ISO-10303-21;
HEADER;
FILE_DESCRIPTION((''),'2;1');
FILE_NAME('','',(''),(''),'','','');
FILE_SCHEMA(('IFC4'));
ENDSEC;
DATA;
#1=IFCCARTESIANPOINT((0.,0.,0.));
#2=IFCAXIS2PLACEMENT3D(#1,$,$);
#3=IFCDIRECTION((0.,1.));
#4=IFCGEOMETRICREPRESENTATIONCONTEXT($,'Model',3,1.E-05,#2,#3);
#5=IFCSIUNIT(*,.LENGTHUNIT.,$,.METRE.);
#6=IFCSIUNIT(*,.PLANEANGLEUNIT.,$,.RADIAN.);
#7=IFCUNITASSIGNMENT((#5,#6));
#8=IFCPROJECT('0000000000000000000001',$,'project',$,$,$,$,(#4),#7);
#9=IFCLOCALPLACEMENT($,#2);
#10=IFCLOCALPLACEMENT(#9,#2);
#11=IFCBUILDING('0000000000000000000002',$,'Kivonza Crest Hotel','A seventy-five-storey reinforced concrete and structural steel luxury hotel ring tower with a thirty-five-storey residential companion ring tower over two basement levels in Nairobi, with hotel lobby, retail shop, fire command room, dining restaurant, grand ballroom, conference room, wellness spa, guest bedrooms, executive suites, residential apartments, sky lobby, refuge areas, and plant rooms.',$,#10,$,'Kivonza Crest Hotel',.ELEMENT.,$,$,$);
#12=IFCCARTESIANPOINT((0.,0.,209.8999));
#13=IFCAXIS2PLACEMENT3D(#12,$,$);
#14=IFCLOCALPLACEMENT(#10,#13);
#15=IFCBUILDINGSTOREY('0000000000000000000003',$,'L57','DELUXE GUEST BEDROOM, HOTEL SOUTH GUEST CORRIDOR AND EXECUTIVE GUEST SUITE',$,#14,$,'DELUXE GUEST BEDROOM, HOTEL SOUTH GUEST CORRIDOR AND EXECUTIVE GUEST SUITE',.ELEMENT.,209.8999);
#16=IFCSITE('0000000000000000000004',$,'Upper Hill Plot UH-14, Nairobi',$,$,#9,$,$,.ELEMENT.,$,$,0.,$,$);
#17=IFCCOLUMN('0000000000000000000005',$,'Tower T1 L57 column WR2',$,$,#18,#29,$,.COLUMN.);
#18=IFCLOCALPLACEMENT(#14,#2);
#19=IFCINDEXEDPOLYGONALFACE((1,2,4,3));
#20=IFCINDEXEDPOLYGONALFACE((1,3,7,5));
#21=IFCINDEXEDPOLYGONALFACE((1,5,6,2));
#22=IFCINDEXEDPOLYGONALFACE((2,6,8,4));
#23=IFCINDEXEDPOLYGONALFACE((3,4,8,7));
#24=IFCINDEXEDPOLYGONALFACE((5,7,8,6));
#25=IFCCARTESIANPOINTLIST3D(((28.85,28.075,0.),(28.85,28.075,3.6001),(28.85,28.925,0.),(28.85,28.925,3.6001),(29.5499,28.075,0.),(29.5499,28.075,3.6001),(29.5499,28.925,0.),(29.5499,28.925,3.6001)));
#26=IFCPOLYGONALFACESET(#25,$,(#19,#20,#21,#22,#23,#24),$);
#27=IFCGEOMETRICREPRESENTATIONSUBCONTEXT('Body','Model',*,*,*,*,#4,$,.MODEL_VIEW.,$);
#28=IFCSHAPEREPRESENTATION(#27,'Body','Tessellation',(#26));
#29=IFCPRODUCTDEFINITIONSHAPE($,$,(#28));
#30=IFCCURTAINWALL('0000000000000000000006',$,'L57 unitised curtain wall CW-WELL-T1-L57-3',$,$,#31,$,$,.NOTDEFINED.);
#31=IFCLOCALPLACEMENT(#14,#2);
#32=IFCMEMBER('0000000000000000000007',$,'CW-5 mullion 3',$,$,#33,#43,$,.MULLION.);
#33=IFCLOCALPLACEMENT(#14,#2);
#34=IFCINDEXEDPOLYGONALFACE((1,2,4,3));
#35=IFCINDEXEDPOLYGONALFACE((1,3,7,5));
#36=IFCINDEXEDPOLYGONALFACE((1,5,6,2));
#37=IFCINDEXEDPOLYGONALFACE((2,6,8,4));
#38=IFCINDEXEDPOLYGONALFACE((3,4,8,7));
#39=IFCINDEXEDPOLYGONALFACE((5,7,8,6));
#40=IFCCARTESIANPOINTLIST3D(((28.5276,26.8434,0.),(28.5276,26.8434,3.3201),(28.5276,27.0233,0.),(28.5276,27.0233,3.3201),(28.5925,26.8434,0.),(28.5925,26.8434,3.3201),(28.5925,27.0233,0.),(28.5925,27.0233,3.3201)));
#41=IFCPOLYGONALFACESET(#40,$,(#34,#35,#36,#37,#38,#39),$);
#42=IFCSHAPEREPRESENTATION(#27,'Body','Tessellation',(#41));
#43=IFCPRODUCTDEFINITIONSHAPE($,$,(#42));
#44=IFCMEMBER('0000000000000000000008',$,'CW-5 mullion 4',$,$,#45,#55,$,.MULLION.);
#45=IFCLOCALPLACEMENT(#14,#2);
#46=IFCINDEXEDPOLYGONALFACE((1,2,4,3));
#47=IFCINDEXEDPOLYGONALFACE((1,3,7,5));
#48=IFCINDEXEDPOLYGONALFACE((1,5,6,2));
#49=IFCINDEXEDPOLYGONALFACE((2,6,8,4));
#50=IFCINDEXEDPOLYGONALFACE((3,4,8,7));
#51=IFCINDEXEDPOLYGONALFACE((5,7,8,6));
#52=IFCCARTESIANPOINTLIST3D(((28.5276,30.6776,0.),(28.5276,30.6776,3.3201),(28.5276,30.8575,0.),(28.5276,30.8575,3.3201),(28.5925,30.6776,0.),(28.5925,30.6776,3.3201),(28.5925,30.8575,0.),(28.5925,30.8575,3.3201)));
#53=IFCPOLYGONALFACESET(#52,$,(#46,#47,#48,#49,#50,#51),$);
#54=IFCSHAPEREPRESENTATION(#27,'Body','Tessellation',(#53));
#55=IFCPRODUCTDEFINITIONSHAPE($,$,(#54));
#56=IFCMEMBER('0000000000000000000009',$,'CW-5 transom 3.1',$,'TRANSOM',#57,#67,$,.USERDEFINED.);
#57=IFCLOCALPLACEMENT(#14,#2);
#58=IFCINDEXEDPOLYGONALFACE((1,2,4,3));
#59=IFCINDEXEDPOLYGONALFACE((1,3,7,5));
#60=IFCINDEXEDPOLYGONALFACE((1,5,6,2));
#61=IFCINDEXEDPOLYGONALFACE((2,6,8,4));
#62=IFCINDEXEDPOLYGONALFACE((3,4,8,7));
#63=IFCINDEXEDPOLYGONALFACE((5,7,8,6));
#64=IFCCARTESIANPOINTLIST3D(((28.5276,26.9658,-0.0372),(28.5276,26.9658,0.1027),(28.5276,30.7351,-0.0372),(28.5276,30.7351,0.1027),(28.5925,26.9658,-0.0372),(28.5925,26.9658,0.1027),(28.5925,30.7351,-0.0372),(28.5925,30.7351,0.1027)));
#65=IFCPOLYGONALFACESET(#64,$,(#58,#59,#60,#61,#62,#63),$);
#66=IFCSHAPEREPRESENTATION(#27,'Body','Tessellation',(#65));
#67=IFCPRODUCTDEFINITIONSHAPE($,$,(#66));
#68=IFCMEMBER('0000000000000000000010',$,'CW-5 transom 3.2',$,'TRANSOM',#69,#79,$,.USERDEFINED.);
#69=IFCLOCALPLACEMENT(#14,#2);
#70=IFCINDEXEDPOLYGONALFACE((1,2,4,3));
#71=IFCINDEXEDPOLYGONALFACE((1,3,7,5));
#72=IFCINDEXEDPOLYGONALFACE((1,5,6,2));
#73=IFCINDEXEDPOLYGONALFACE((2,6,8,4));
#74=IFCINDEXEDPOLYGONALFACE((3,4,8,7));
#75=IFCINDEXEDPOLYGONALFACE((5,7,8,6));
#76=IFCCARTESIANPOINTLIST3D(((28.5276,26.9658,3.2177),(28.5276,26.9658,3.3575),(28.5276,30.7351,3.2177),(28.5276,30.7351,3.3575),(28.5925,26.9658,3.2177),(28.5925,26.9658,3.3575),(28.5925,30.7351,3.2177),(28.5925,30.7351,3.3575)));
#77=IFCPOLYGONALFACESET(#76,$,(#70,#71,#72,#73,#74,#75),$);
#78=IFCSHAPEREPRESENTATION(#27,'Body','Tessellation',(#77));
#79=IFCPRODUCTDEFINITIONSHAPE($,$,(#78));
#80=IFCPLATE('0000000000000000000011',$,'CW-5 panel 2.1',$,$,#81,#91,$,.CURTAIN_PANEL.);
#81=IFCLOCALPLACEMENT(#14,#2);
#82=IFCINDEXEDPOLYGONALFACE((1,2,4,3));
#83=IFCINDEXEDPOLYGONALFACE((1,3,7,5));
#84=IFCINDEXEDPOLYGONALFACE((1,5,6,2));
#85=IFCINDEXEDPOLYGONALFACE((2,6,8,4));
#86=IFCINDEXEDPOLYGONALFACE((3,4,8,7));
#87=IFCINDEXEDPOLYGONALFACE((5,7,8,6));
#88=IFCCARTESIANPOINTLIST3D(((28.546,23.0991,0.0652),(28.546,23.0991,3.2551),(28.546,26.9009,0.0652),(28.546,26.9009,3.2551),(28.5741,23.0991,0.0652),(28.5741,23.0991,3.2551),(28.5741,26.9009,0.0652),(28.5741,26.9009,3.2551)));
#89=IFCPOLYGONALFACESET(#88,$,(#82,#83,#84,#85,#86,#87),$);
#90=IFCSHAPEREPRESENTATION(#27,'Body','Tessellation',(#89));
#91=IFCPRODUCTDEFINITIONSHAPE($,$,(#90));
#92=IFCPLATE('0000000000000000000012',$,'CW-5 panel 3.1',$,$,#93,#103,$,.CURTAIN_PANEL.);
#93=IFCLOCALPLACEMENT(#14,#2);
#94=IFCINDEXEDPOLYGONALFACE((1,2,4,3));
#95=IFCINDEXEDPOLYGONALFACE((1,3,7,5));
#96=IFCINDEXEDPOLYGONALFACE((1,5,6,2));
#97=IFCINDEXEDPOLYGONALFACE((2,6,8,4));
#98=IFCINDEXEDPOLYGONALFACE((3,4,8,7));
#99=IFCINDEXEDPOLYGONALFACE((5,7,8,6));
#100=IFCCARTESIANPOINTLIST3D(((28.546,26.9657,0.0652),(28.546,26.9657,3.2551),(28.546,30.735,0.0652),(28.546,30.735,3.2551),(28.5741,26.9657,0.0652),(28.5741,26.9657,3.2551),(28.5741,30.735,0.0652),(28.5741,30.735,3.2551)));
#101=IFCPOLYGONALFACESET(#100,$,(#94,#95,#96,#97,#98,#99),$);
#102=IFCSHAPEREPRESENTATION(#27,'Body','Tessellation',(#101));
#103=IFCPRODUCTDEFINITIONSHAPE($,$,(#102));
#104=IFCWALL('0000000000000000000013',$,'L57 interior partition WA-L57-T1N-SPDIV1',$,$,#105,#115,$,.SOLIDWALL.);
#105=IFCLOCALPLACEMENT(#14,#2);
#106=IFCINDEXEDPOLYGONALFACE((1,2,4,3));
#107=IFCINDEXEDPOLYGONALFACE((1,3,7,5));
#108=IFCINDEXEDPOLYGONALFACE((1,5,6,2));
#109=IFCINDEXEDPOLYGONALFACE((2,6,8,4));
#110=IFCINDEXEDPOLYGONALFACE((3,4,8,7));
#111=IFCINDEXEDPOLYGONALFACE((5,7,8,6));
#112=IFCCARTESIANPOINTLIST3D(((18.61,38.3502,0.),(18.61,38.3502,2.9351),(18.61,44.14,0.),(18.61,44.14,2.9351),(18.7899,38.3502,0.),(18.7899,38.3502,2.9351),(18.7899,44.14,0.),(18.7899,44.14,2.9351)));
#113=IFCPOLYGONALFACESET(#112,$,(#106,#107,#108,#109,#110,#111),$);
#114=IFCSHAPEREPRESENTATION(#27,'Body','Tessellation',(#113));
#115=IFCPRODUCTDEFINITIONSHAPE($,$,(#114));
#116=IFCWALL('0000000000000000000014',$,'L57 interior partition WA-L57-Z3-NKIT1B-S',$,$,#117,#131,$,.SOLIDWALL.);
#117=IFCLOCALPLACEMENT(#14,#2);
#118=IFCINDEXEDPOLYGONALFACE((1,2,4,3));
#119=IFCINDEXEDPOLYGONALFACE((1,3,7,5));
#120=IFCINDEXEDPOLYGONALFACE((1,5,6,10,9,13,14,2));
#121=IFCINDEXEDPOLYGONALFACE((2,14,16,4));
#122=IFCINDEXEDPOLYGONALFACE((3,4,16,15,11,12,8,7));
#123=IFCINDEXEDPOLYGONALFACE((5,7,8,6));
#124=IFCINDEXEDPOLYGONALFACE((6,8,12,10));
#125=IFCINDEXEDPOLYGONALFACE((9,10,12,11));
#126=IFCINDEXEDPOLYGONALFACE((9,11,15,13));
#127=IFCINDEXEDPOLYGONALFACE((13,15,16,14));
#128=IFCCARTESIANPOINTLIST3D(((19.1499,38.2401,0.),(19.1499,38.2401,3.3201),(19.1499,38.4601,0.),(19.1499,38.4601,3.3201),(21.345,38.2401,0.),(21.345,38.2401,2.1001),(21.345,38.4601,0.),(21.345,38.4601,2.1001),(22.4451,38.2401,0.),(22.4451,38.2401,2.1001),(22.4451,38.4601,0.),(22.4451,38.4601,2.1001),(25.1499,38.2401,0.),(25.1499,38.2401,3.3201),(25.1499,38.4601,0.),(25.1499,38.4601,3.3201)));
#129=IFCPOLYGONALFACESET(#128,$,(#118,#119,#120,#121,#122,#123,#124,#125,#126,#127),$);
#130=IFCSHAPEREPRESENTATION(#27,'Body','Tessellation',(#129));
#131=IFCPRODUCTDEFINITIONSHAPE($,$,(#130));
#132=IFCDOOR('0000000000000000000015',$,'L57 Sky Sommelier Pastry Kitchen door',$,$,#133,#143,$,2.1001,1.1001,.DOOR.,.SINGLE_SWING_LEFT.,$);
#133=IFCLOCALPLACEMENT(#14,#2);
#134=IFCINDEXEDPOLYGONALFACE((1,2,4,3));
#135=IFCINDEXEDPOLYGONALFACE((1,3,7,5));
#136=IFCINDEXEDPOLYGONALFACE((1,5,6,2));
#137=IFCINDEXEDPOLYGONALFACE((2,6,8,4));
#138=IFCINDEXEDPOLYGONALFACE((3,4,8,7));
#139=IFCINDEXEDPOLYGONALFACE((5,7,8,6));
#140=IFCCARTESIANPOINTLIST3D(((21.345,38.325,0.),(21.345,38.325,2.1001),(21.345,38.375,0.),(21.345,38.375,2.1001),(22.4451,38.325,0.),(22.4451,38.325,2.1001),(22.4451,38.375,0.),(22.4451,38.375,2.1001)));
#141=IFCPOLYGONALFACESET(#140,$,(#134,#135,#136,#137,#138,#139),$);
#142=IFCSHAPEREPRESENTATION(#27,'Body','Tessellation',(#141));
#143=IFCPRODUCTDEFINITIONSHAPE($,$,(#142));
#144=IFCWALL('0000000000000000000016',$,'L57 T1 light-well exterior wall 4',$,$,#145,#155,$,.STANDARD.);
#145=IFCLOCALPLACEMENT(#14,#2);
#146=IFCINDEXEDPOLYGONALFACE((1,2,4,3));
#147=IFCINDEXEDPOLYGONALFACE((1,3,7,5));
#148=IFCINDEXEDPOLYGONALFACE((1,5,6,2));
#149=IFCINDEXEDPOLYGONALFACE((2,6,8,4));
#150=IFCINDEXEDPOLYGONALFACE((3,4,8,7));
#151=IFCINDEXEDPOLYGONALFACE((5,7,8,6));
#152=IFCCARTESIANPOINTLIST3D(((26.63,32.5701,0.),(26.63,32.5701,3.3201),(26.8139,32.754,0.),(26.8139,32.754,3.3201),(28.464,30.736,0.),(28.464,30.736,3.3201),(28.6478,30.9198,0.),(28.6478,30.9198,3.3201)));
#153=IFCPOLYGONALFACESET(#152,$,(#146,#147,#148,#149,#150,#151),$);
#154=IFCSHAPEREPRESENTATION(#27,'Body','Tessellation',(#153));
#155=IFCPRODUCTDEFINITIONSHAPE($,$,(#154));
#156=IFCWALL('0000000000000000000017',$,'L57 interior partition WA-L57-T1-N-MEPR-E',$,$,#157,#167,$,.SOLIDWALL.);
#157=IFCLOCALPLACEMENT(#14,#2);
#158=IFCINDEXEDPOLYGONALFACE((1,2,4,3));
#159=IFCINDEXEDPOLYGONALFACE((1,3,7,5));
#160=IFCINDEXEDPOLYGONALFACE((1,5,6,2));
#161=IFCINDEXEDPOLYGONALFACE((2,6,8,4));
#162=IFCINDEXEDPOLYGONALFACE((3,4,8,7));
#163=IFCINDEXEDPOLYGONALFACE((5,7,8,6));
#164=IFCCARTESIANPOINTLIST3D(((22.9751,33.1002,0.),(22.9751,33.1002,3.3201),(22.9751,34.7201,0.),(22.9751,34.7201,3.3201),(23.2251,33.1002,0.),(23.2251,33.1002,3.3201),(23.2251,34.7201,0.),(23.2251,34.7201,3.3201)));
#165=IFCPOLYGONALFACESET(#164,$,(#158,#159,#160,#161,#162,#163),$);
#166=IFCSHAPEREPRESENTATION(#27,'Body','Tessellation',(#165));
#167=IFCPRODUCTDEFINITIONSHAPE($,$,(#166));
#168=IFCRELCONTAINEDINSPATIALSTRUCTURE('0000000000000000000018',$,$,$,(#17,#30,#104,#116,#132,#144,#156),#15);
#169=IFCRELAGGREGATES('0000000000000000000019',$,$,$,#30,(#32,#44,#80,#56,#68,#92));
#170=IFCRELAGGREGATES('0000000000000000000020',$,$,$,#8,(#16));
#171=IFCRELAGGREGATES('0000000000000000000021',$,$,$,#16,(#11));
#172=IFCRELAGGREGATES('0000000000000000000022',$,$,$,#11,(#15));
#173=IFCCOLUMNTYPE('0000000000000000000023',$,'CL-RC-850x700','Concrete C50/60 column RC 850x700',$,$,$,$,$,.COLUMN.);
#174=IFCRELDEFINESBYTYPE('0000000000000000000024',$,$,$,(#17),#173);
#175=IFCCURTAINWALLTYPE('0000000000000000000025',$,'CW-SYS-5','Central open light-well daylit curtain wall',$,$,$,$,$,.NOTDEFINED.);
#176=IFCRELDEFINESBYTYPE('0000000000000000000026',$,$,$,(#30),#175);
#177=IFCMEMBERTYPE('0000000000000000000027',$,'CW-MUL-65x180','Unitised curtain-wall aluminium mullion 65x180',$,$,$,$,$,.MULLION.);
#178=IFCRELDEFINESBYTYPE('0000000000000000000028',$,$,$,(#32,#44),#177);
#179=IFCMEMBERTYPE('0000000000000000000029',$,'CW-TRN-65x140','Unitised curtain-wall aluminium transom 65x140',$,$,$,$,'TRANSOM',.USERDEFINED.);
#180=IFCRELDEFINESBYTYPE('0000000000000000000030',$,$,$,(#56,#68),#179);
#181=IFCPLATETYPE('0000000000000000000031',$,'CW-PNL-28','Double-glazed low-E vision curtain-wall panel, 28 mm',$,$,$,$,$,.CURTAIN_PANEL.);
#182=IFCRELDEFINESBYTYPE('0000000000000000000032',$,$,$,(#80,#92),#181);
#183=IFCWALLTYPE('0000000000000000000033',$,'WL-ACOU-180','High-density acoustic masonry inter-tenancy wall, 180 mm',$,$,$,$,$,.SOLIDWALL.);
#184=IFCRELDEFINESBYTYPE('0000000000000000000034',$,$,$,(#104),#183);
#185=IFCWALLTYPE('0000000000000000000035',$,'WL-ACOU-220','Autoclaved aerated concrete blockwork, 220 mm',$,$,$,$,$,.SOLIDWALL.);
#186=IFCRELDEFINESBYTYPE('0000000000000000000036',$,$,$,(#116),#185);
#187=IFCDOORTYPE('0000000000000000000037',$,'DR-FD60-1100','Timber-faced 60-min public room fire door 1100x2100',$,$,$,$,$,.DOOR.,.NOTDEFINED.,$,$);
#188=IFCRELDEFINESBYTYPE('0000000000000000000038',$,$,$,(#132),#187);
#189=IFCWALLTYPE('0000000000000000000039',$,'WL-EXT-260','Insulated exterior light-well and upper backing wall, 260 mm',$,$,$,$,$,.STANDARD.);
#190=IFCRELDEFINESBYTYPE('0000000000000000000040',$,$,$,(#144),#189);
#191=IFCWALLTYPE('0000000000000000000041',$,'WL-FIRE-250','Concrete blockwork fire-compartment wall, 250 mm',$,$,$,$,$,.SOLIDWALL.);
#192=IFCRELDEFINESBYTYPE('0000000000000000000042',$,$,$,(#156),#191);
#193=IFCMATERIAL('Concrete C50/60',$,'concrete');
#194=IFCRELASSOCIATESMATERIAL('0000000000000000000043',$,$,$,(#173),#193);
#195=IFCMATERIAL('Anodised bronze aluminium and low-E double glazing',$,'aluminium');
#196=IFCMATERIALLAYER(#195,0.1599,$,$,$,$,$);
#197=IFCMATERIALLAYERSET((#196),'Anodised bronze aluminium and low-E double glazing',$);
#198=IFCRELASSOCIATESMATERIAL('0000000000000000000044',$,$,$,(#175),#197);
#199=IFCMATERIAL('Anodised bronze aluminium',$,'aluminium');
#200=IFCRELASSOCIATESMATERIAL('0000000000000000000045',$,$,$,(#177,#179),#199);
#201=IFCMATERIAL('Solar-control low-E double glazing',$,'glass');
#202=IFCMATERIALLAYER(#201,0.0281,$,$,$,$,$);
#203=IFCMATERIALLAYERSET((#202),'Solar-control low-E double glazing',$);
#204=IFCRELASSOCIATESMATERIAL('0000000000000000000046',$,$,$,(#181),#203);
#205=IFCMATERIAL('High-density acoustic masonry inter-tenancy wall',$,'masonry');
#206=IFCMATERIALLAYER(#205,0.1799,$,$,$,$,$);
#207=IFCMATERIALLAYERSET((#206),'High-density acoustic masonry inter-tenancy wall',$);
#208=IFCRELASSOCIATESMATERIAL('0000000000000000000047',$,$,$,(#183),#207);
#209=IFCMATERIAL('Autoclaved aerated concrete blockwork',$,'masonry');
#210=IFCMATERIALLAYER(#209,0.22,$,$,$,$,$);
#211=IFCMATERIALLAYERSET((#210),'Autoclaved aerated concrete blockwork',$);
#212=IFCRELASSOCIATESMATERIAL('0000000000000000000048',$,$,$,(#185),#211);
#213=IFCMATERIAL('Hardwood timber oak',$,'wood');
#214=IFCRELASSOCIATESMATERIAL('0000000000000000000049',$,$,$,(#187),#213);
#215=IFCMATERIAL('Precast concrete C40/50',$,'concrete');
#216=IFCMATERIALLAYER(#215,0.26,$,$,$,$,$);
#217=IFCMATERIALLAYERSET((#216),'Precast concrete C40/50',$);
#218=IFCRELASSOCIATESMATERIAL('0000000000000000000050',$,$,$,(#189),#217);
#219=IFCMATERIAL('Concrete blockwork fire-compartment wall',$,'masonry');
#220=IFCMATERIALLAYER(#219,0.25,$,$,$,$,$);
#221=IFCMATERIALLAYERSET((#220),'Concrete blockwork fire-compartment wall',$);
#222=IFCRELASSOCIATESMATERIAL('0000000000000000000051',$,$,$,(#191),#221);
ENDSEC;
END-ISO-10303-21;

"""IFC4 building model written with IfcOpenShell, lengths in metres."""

from ifc_helpers import new_model, si_unit, direction, frame, frame_2d, origin, origin_2d, place, context, subcontext, project, spatial, rectangle, extrude, material, layer, layer_set, material_profile, profile_set, type_object, element, fill, aggregate, save


model = new_model("IFC4")

# Units and contexts
model_context = context("Model", 3, precision=1e-05, world=origin(), true_north=direction((0.0, 1.0)))
body_context = subcontext(model_context, "Body", "Model", "MODEL_VIEW")
ifc_project = project(units=[si_unit("LENGTHUNIT", "METRE"), si_unit("PLANEANGLEUNIT", "RADIAN")], contexts=[model_context])

# Site, building, storey
site_placement = place(None, origin())
site = spatial("IfcSite", under=ifc_project, at=site_placement, Name="Upper Hill Plot UH-14, Nairobi", CompositionType="ELEMENT", RefElevation=0.0)
building_placement = place(site_placement, origin())
building = spatial("IfcBuilding", under=site, at=building_placement, Name="Kivonza Crest Hotel", Description="A seventy-five-storey reinforced concrete and structural steel luxury hotel ring tower with a thirty-five-storey residential companion ring tower over two basement levels in Nairobi, with hotel lobby, retail shop, fire command room, dining restaurant, grand ballroom, conference room, wellness spa, guest bedrooms, executive suites, residential apartments, sky lobby, refuge areas, and plant rooms.", LongName="Kivonza Crest Hotel", CompositionType="ELEMENT")
storey_placement = place(building_placement, frame((0.0, 0.0, 209.8999)))
storey = spatial("IfcBuildingStorey", under=building, at=storey_placement, Name="L57", Description="DELUXE GUEST BEDROOM, HOTEL SOUTH GUEST CORRIDOR AND EXECUTIVE GUEST SUITE", LongName="DELUXE GUEST BEDROOM, HOTEL SOUTH GUEST CORRIDOR AND EXECUTIVE GUEST SUITE", CompositionType="ELEMENT", Elevation=209.8999)

# Column
ifc_material_1 = material(Name="Concrete C50/60", Category="concrete")
ifc_material_profile_1 = material_profile(ifc_material_1, rectangle(XDim=0.7, YDim=0.8501, at=origin_2d()), Name="RC 850x700")
ifc_profile_set_1 = profile_set([ifc_material_profile_1], Name="Concrete C50/60")
column_type = type_object("IfcColumnType", Name="CL-RC-850x700", Description="Concrete C50/60 column RC 850x700", PredefinedType="COLUMN", material=ifc_profile_set_1)
column_placement = place(storey_placement, frame((29.2, 28.5, 0.0), z_axis=(0.0, 0.0, 1.0), x_axis=(1.0, 0.0, 0.0)))
element("IfcColumn", 1, at=column_placement, inside=storey, type_object=column_type, Name="Tower T1 L57 column WR2", PredefinedType="COLUMN", context=body_context, shape_type="SweptSolid", body=[
    extrude(rectangle(XDim=0.7, YDim=0.8501, at=origin_2d()), origin(), (0.0, 0.0, 1.0), 3.6001),
])

# Curtain wall, members, plates
ifc_material_2 = material(Name="Anodised bronze aluminium and low-E double glazing", Category="aluminium")
ifc_layer_1 = layer(ifc_material_2, 0.1599)
ifc_layer_set_1 = layer_set([ifc_layer_1], Name="Anodised bronze aluminium and low-E double glazing")
curtain_wall_type = type_object("IfcCurtainWallType", Name="CW-SYS-5", Description="Central open light-well daylit curtain wall", PredefinedType="NOTDEFINED", material=ifc_layer_set_1)
curtain_wall_placement = place(storey_placement, origin())
curtain_wall = element("IfcCurtainWall", 2, at=curtain_wall_placement, inside=storey, type_object=curtain_wall_type, Name="L57 unitised curtain wall CW-WELL-T1-L57-3", PredefinedType="NOTDEFINED")
ifc_material_3 = material(Name="Anodised bronze aluminium", Category="aluminium")
ifc_material_profile_2 = material_profile(ifc_material_3, rectangle(XDim=0.0649, YDim=0.1799, at=origin_2d()), Name="CW-M 65x180")
ifc_profile_set_2 = profile_set([ifc_material_profile_2], Name="Anodised bronze aluminium")
member_type_1 = type_object("IfcMemberType", Name="CW-MUL-65x180", Description="Unitised curtain-wall aluminium mullion 65x180", PredefinedType="MULLION", material=ifc_profile_set_2)
member_1_placement = place(storey_placement, frame((28.5601, 26.9333, 0.0), z_axis=(0.0, 0.0, 1.0), x_axis=(-1.0, 0.0, 0.0)))
member_1 = element("IfcMember", 3, at=member_1_placement, type_object=member_type_1, Name="CW-5 mullion 3", PredefinedType="MULLION", context=body_context, shape_type="SweptSolid", body=[
    extrude(rectangle(XDim=0.0649, YDim=0.1799, at=origin_2d()), origin(), (0.0, 0.0, 1.0), 3.3201),
])
member_2_placement = place(storey_placement, frame((28.5601, 30.7676, 0.0), z_axis=(0.0, 0.0, 1.0), x_axis=(-1.0, 0.0, 0.0)))
member_2 = element("IfcMember", 4, at=member_2_placement, type_object=member_type_1, Name="CW-5 mullion 4", PredefinedType="MULLION", context=body_context, shape_type="SweptSolid", body=[
    extrude(rectangle(XDim=0.0649, YDim=0.1799, at=origin_2d()), origin(), (0.0, 0.0, 1.0), 3.3201),
])
ifc_material_profile_3 = material_profile(ifc_material_3, rectangle(XDim=0.0649, YDim=0.1399, at=origin_2d()), Name="CW-T 65x140")
ifc_profile_set_3 = profile_set([ifc_material_profile_3], Name="Anodised bronze aluminium")
member_type_2 = type_object("IfcMemberType", Name="CW-TRN-65x140", Description="Unitised curtain-wall aluminium transom 65x140", ElementType="TRANSOM", PredefinedType="USERDEFINED", material=ifc_profile_set_3)
member_3_placement = place(storey_placement, frame((28.5601, 26.9658, 0.0327), z_axis=(0.0, 1.0, 0.0), x_axis=(-1.0, 0.0, 0.0)))
member_3 = element("IfcMember", 5, at=member_3_placement, type_object=member_type_2, Name="CW-5 transom 3.1", ObjectType="TRANSOM", PredefinedType="USERDEFINED", context=body_context, shape_type="SweptSolid", body=[
    extrude(rectangle(XDim=0.0649, YDim=0.1399, at=origin_2d()), origin(), (0.0, 0.0, 1.0), 3.7693),
])
member_4_placement = place(storey_placement, frame((28.5601, 26.9658, 3.2876), z_axis=(0.0, 1.0, 0.0), x_axis=(-1.0, 0.0, 0.0)))
member_4 = element("IfcMember", 6, at=member_4_placement, type_object=member_type_2, Name="CW-5 transom 3.2", ObjectType="TRANSOM", PredefinedType="USERDEFINED", context=body_context, shape_type="SweptSolid", body=[
    extrude(rectangle(XDim=0.0649, YDim=0.1399, at=origin_2d()), origin(), (0.0, 0.0, 1.0), 3.7693),
])
ifc_material_4 = material(Name="Solar-control low-E double glazing", Category="glass")
ifc_layer_2 = layer(ifc_material_4, 0.0281)
ifc_layer_set_2 = layer_set([ifc_layer_2], Name="Solar-control low-E double glazing")
plate_type = type_object("IfcPlateType", Name="CW-PNL-28", Description="Double-glazed low-E vision curtain-wall panel, 28 mm", PredefinedType="CURTAIN_PANEL", material=ifc_layer_set_2)
plate_1_placement = place(storey_placement, frame((28.5601, 25.0, 0.0652), z_axis=(0.0, 0.0, 1.0), x_axis=(0.0, 1.0, 0.0)))
plate_1 = element("IfcPlate", 7, at=plate_1_placement, type_object=plate_type, Name="CW-5 panel 2.1", PredefinedType="CURTAIN_PANEL", context=body_context, shape_type="SweptSolid", body=[
    extrude(rectangle(XDim=3.8018, YDim=0.0281, at=origin_2d()), origin(), (0.0, 0.0, 1.0), 3.1899),
])
plate_2_placement = place(storey_placement, frame((28.5601, 28.8503, 0.0652), z_axis=(0.0, 0.0, 1.0), x_axis=(0.0, 1.0, 0.0)))
plate_2 = element("IfcPlate", 8, at=plate_2_placement, type_object=plate_type, Name="CW-5 panel 3.1", PredefinedType="CURTAIN_PANEL", context=body_context, shape_type="SweptSolid", body=[
    extrude(rectangle(XDim=3.7693, YDim=0.0281, at=origin_2d()), origin(), (0.0, 0.0, 1.0), 3.1899),
])
aggregate(curtain_wall, [member_1, member_2, plate_1, member_3, member_4, plate_2])

# Wall
ifc_material_5 = material(Name="High-density acoustic masonry inter-tenancy wall", Category="masonry")
ifc_layer_3 = layer(ifc_material_5, 0.1799)
ifc_layer_set_3 = layer_set([ifc_layer_3], Name="High-density acoustic masonry inter-tenancy wall")
wall_type_1 = type_object("IfcWallType", Name="WL-ACOU-180", Description="High-density acoustic masonry inter-tenancy wall, 180 mm", PredefinedType="SOLIDWALL", material=ifc_layer_set_3)
wall_1_placement = place(storey_placement, frame((18.7, 38.3501, 0.0), z_axis=(0.0, 0.0, 1.0), x_axis=(0.0, 1.0, 0.0)))
element("IfcWall", 9, at=wall_1_placement, inside=storey, type_object=wall_type_1, Name="L57 interior partition WA-L57-T1N-SPDIV1", PredefinedType="SOLIDWALL", context=body_context, shape_type="SweptSolid", body=[
    extrude(rectangle(XDim=5.7898, YDim=0.1799, at=frame_2d((2.895, 0.0))), origin(), (0.0, 0.0, 1.0), 2.9351),
])

# Wall, opening, door
ifc_material_6 = material(Name="Autoclaved aerated concrete blockwork", Category="masonry")
ifc_layer_4 = layer(ifc_material_6, 0.22)
ifc_layer_set_4 = layer_set([ifc_layer_4], Name="Autoclaved aerated concrete blockwork")
wall_type_2 = type_object("IfcWallType", Name="WL-ACOU-220", Description="Autoclaved aerated concrete blockwork, 220 mm", PredefinedType="SOLIDWALL", material=ifc_layer_set_4)
wall_2_placement = place(storey_placement, frame((19.1499, 38.3501, 0.0), z_axis=(0.0, 0.0, 1.0), x_axis=(1.0, 0.0, 0.0)))
wall_2 = element("IfcWall", 10, at=wall_2_placement, inside=storey, type_object=wall_type_2, Name="L57 interior partition WA-L57-Z3-NKIT1B-S", PredefinedType="SOLIDWALL", context=body_context, shape_type="SweptSolid", body=[
    extrude(rectangle(XDim=6.0, YDim=0.22, at=frame_2d((3.0, 0.0))), origin(), (0.0, 0.0, 1.0), 3.3201),
])
opening_1_placement = place(wall_2_placement, frame((2.1951, 0.0, 0.0)))
opening_1 = element("IfcOpeningElement", 11, at=opening_1_placement, cuts=wall_2, PredefinedType="OPENING", context=body_context, shape_type="SweptSolid", body=[
    extrude(rectangle(XDim=1.1001, YDim=2.1001, at=frame_2d((0.55, 1.05))), frame((0.0, 0.1201, 0.0), z_axis=(0.0, -1.0, 0.0), x_axis=(1.0, 0.0, 0.0)), (0.0, 0.0, 1.0), 0.24),
])
ifc_material_7 = material(Name="Hardwood timber oak", Category="wood")
door_type_1 = type_object("IfcDoorType", Name="DR-FD60-1100", Description="Timber-faced 60-min public room fire door 1100x2100", OperationType="NOTDEFINED", PredefinedType="DOOR", material=ifc_material_7)
door_1_placement = place(opening_1_placement, origin())
door_1 = element("IfcDoor", 12, at=door_1_placement, inside=storey, type_object=door_type_1, Name="L57 Sky Sommelier Pastry Kitchen door", OperationType="SINGLE_SWING_LEFT", OverallHeight=2.1001, OverallWidth=1.1001, PredefinedType="DOOR", context=body_context, shape_type="SweptSolid", body=[
    extrude(rectangle(XDim=1.1001, YDim=2.1001, at=frame_2d((0.55, 1.05))), frame((0.0, 0.0249, 0.0), z_axis=(0.0, -1.0, 0.0), x_axis=(1.0, 0.0, 0.0)), (0.0, 0.0, 1.0), 0.05),
])
fill(opening_1, door_1)

# Walls
ifc_material_8 = material(Name="Precast concrete C40/50", Category="concrete")
ifc_layer_5 = layer(ifc_material_8, 0.26)
ifc_layer_set_5 = layer_set([ifc_layer_5], Name="Precast concrete C40/50")
wall_type_3 = type_object("IfcWallType", Name="WL-EXT-260", Description="Insulated exterior light-well and upper backing wall, 260 mm", PredefinedType="STANDARD", material=ifc_layer_set_5)
wall_3_placement = place(storey_placement, frame((28.5559, 30.8279, 0.0), z_axis=(0.0, 0.0, 1.0), x_axis=(-0.70706, 0.707154, 0.0)))
element("IfcWall", 13, at=wall_3_placement, inside=storey, type_object=wall_type_3, Name="L57 T1 light-well exterior wall 4", PredefinedType="STANDARD", context=body_context, shape_type="SweptSolid", body=[
    extrude(rectangle(XDim=2.5938, YDim=0.26, at=frame_2d((1.2969, 0.0))), origin(), (0.0, 0.0, 1.0), 3.3201),
])
ifc_material_9 = material(Name="Concrete blockwork fire-compartment wall", Category="masonry")
ifc_layer_6 = layer(ifc_material_9, 0.25)
ifc_layer_set_6 = layer_set([ifc_layer_6], Name="Concrete blockwork fire-compartment wall")
wall_type_4 = type_object("IfcWallType", Name="WL-FIRE-250", Description="Concrete blockwork fire-compartment wall, 250 mm", PredefinedType="SOLIDWALL", material=ifc_layer_set_6)
wall_4_placement = place(storey_placement, frame((23.1001, 33.1001, 0.0), z_axis=(0.0, 0.0, 1.0), x_axis=(0.0, 1.0, 0.0)))
element("IfcWall", 14, at=wall_4_placement, inside=storey, type_object=wall_type_4, Name="L57 interior partition WA-L57-T1-N-MEPR-E", PredefinedType="SOLIDWALL", context=body_context, shape_type="SweptSolid", body=[
    extrude(rectangle(XDim=1.6199, YDim=0.25, at=frame_2d((0.8101, 0.0))), origin(), (0.0, 0.0, 1.0), 3.3201),
])

save(model, "model.ifc")
